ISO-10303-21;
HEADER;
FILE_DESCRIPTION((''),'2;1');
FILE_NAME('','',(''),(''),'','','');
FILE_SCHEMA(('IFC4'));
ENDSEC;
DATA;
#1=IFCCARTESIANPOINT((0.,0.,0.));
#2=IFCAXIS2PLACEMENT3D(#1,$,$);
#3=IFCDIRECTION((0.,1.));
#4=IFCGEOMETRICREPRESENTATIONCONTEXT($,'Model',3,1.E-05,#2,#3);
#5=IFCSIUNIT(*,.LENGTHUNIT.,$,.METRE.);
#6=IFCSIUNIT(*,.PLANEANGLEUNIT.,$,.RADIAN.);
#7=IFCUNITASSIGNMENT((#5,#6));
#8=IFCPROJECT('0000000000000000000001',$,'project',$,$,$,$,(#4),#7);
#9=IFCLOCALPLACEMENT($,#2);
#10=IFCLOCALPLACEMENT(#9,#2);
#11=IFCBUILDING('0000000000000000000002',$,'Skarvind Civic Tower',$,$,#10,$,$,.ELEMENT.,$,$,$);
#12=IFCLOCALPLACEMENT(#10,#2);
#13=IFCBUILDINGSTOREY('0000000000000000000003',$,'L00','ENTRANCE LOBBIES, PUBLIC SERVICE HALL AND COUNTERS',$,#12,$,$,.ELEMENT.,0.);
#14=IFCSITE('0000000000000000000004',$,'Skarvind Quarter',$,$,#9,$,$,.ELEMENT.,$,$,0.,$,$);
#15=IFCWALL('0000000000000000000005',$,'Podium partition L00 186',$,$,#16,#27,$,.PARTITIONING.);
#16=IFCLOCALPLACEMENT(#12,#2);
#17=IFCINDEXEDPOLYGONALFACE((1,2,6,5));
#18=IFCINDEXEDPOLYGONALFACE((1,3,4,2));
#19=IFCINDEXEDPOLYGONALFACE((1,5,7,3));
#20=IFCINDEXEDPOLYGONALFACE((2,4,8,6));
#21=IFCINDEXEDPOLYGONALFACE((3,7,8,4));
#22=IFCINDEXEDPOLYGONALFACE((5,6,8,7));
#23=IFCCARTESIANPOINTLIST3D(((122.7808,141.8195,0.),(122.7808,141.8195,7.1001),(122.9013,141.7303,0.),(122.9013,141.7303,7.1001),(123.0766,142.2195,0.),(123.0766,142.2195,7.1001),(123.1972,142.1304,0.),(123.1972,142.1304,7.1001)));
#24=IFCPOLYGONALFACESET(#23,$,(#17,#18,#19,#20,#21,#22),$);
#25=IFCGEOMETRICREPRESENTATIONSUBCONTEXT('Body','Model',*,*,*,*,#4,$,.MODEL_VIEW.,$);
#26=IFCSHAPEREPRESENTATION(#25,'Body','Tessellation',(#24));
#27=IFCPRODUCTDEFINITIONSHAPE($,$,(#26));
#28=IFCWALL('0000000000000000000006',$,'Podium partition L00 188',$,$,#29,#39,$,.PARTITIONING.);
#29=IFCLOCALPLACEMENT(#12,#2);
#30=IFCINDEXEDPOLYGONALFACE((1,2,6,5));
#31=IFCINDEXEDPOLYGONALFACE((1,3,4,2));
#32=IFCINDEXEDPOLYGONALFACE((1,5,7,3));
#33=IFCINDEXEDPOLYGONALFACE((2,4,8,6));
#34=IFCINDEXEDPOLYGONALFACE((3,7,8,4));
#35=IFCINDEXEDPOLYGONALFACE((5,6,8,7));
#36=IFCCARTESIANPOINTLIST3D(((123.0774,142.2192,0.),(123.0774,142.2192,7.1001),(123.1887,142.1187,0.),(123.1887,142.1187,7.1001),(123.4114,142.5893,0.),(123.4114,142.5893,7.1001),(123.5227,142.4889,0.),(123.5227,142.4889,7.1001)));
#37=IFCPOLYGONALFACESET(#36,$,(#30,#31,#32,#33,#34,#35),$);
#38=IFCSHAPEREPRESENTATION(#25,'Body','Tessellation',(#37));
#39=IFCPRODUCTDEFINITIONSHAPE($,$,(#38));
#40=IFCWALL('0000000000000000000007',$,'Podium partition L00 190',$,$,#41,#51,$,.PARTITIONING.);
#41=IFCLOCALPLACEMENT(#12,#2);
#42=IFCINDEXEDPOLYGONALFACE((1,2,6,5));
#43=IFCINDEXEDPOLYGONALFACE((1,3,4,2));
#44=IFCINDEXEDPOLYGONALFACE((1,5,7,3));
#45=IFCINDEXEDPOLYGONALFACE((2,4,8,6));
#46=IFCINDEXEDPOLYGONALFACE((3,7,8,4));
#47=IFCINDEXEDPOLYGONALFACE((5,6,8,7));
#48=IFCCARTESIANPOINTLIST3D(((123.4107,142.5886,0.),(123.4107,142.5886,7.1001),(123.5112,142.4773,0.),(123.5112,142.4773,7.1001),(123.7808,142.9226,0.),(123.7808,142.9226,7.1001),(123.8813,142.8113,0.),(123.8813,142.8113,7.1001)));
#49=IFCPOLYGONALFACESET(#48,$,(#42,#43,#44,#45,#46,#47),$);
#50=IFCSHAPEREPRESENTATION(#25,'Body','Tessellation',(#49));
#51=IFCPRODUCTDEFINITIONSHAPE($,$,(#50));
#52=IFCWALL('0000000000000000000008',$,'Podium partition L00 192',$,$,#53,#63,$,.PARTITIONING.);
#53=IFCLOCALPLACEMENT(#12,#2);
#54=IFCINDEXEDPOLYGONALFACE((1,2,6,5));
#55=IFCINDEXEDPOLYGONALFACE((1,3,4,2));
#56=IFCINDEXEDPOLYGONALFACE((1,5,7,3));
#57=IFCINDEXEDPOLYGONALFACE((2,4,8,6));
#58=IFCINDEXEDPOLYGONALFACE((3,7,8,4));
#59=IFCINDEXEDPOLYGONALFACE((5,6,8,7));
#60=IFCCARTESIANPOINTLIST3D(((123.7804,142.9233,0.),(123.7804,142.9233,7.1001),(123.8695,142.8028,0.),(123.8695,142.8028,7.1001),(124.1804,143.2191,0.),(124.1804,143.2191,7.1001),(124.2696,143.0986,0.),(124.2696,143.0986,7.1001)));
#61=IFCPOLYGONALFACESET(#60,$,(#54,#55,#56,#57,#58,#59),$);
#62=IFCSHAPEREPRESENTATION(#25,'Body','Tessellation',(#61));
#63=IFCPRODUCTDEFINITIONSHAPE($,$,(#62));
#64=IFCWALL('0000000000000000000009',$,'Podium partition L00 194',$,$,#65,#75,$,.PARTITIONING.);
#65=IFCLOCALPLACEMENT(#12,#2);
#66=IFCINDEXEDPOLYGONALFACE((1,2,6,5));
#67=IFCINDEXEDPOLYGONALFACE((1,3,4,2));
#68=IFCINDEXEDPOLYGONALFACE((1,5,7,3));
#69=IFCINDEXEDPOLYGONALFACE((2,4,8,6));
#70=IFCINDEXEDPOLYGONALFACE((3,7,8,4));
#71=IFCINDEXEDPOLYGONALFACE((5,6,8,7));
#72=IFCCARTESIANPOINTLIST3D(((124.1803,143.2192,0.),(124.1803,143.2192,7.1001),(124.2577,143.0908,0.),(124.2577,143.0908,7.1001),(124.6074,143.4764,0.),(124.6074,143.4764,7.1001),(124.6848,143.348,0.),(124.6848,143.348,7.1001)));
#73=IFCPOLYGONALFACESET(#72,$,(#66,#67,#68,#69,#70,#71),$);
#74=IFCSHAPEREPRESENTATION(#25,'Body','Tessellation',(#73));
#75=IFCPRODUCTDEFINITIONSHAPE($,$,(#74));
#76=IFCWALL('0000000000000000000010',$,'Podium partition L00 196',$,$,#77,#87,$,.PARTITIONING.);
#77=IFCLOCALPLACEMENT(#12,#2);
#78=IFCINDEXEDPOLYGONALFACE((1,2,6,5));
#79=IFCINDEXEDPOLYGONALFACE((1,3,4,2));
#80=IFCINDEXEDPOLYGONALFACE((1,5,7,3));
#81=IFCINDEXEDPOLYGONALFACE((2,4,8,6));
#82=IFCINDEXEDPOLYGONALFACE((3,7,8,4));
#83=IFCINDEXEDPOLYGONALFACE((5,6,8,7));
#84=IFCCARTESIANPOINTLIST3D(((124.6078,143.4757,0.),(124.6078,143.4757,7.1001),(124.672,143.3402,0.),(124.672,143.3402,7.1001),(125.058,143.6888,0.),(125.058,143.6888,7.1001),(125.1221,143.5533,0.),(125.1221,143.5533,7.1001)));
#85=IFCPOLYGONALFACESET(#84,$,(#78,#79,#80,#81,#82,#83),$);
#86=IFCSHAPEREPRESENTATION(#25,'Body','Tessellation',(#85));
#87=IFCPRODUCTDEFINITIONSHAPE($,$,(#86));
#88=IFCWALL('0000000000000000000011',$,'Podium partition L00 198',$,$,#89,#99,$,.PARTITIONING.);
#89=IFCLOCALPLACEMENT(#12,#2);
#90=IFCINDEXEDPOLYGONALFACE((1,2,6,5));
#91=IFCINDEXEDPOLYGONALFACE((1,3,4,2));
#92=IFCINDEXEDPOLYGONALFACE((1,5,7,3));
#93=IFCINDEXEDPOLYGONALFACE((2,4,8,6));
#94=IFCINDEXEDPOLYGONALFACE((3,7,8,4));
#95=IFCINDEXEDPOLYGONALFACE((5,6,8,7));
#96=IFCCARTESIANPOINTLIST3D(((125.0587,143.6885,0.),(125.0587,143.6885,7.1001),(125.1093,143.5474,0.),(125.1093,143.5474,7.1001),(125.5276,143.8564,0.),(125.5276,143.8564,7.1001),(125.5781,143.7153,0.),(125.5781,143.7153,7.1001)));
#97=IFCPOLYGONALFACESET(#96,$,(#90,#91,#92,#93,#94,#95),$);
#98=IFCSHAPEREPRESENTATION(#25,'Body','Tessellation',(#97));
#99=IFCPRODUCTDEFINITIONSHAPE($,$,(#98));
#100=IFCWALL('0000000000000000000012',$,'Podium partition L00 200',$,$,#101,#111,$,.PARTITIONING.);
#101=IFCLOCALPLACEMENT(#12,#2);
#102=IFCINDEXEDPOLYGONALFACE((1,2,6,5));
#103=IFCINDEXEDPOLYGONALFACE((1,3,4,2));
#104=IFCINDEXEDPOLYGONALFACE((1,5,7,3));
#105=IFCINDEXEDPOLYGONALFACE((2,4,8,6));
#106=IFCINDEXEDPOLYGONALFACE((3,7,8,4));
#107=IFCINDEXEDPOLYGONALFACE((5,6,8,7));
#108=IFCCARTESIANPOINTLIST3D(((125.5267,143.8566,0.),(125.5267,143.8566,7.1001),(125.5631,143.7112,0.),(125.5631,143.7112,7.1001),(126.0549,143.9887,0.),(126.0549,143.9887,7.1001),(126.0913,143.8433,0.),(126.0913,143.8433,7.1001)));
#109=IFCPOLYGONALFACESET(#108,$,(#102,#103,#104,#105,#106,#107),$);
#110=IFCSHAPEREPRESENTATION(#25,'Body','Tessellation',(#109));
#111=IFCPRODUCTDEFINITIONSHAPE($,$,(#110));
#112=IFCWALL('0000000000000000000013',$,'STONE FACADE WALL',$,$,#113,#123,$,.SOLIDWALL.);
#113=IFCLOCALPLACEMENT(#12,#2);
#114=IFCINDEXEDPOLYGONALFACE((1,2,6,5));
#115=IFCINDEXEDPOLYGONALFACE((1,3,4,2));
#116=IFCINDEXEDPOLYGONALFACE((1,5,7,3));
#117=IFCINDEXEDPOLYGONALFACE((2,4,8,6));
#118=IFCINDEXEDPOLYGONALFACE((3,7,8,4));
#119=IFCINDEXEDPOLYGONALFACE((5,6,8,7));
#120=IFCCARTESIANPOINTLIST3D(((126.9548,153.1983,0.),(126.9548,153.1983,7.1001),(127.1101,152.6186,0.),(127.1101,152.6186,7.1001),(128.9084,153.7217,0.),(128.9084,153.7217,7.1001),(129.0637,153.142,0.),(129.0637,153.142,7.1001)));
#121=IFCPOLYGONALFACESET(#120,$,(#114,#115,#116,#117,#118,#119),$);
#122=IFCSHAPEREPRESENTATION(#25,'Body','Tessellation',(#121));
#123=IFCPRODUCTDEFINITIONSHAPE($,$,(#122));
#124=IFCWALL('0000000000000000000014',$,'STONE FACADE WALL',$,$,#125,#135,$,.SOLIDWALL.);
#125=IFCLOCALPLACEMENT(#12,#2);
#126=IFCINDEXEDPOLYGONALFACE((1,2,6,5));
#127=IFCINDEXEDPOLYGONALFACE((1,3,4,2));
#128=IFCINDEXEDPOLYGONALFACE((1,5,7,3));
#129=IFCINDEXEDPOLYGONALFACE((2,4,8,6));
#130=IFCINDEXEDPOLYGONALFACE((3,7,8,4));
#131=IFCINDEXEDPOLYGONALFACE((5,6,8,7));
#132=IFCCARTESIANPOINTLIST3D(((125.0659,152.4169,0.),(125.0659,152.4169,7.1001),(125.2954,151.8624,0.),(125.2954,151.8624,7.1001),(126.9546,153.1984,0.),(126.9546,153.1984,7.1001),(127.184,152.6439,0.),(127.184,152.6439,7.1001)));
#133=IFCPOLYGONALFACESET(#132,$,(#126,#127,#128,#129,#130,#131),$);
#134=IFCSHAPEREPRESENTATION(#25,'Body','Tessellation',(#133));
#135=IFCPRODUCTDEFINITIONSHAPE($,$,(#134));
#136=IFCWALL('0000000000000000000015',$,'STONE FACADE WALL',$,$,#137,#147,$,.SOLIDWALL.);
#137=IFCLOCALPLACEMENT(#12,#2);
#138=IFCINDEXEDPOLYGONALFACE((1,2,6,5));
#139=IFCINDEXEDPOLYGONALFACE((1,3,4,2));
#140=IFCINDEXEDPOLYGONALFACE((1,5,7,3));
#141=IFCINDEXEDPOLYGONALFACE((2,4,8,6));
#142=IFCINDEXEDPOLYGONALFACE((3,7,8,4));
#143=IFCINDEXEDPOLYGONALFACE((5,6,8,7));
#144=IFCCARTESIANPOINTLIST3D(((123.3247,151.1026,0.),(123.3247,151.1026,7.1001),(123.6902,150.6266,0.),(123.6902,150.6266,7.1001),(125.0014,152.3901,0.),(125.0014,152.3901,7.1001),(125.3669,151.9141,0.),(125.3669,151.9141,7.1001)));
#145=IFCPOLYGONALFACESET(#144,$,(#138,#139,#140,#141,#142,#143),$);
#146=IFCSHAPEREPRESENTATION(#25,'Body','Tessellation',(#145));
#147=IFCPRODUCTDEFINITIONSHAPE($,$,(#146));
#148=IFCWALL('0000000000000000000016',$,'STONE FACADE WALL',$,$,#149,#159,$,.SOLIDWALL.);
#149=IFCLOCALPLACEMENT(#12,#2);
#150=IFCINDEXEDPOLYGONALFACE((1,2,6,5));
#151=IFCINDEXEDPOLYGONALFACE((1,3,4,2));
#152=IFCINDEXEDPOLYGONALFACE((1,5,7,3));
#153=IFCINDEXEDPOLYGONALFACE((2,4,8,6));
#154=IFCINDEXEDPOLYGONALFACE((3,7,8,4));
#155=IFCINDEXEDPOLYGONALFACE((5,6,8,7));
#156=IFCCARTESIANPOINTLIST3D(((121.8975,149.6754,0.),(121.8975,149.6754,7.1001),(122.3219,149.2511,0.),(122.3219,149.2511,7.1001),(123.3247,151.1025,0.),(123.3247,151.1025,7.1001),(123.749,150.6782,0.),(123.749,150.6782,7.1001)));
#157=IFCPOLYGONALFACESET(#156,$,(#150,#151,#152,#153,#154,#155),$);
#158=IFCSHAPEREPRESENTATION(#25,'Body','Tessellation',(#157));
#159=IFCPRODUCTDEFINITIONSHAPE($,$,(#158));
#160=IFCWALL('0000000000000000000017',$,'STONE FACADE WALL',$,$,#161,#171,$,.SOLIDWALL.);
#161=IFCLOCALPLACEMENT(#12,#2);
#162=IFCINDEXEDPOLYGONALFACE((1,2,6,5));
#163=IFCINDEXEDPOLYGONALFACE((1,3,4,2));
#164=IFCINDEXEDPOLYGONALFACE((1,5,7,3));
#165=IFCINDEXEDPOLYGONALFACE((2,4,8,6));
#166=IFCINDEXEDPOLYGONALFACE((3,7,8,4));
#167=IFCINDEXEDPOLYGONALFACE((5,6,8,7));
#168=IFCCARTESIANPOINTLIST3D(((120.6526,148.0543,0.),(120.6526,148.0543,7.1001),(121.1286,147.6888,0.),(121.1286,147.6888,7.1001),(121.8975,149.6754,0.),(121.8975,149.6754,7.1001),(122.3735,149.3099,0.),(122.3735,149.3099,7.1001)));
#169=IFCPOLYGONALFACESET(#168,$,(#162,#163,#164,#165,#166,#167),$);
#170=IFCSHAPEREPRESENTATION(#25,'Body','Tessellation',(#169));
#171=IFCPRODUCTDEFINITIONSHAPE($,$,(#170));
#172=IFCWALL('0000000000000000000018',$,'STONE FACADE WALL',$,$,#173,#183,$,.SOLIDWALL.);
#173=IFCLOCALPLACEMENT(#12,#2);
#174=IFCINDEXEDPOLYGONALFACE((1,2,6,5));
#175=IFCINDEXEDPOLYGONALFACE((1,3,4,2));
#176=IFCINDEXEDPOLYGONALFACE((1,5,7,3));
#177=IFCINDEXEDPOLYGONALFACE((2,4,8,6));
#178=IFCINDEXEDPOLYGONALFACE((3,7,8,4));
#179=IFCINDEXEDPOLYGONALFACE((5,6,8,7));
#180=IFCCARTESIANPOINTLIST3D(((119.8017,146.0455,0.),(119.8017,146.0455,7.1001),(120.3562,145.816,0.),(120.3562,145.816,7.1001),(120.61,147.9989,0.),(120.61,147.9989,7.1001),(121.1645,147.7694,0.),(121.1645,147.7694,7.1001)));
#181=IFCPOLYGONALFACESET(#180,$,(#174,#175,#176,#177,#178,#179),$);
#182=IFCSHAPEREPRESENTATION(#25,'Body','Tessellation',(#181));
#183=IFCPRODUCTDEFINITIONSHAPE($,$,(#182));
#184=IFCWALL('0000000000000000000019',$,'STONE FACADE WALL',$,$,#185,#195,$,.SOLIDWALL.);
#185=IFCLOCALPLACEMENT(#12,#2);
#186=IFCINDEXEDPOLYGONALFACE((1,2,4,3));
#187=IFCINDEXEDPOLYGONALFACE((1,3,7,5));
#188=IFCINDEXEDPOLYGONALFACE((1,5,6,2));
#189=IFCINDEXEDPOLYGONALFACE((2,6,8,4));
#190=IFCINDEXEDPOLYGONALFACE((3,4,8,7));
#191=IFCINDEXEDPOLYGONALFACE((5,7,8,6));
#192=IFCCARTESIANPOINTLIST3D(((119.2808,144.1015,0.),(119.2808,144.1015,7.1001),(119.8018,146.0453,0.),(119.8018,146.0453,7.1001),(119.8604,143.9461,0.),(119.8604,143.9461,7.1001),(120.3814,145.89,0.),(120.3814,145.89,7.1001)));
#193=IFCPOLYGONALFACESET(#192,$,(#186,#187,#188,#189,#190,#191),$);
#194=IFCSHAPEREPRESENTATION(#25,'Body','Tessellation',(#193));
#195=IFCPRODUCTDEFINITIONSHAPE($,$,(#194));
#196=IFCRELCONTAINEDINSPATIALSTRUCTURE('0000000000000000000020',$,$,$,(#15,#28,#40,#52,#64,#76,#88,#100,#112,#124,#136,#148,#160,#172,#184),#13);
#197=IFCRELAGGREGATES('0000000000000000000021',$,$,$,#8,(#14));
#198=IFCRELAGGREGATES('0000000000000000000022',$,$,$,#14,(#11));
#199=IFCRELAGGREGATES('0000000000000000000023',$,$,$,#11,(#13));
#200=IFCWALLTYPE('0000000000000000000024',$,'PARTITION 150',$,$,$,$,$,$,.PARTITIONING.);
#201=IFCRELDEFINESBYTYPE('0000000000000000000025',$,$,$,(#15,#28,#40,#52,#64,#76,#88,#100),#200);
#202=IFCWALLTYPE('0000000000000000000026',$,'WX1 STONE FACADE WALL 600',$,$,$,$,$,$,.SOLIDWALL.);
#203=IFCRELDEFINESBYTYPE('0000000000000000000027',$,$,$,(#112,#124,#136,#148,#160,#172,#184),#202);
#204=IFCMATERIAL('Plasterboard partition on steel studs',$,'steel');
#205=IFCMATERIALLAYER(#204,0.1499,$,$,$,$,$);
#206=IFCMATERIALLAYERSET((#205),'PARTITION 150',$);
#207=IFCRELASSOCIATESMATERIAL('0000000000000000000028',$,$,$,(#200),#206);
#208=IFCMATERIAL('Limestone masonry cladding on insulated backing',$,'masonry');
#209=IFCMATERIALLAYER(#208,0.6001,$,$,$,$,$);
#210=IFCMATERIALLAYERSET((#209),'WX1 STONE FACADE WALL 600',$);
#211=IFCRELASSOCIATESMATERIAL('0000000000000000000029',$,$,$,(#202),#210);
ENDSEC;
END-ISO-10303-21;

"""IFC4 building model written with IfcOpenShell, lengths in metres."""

from ifc_helpers import new_model, si_unit, direction, frame, frame_2d, origin, place, context, subcontext, project, spatial, rectangle, extrude, material, layer, layer_set, type_object, element, save


model = new_model("IFC4")

# Units and contexts
model_context = context("Model", 3, precision=1e-05, world=origin(), true_north=direction((0.0, 1.0)))
body_context = subcontext(model_context, "Body", "Model", "MODEL_VIEW")
ifc_project = project(units=[si_unit("LENGTHUNIT", "METRE"), si_unit("PLANEANGLEUNIT", "RADIAN")], contexts=[model_context])

# Site, building, storey
site_placement = place(None, origin())
site = spatial("IfcSite", under=ifc_project, at=site_placement, Name="Skarvind Quarter", CompositionType="ELEMENT", RefElevation=0.0)
building_placement = place(site_placement, origin())
building = spatial("IfcBuilding", under=site, at=building_placement, Name="Skarvind Civic Tower", CompositionType="ELEMENT")
storey_placement = place(building_placement, origin())
storey = spatial("IfcBuildingStorey", under=building, at=storey_placement, Name="L00", Description="ENTRANCE LOBBIES, PUBLIC SERVICE HALL AND COUNTERS", CompositionType="ELEMENT", Elevation=0.0)

# Shared definitions
ifc_material_1 = material(Name="Plasterboard partition on steel studs", Category="steel")
ifc_layer_1 = layer(ifc_material_1, 0.1499)
ifc_layer_set_1 = layer_set([ifc_layer_1], Name="PARTITION 150")
wall_type_1 = type_object("IfcWallType", Name="PARTITION 150", PredefinedType="PARTITIONING", material=ifc_layer_set_1)

# Walls
wall_1_placement = place(storey_placement, frame((122.8411, 141.7749, 0.0), z_axis=(0.0, 0.0, 1.0), x_axis=(0.59457, 0.804044, 0.0)))
element("IfcWall", 1, at=wall_1_placement, inside=storey, type_object=wall_type_1, Name="Podium partition L00 186", PredefinedType="PARTITIONING", context=body_context, shape_type="SweptSolid", body=[
    extrude(rectangle(XDim=0.4976, YDim=0.1499, at=frame_2d((0.2488, 0.0))), origin(), (0.0, 0.0, 1.0), 7.1001),
])
for number, where, z_axis, x_axis, name in (
    (2, (123.1331, 142.1689, 0.0), (0.0, 0.0, 1.0), (0.669938, 0.742417, 0.0), "Podium partition L00 188"),
    (3, (123.4609, 142.533, 0.0), (0.0, 0.0, 1.0), (0.742417, 0.669938, 0.0), "Podium partition L00 190"),
):
    element("IfcWall", number, at=place(storey_placement, frame(where, z_axis=z_axis, x_axis=x_axis)), inside=storey, type_object=wall_type_1, Name=name, PredefinedType="PARTITIONING", context=body_context, shape_type="SweptSolid", body=[
        extrude(rectangle(XDim=0.4985, YDim=0.1499, at=frame_2d((0.2493, 0.0))), origin(), (0.0, 0.0, 1.0), 7.1001),
    ])
wall_2_placement = place(storey_placement, frame((123.825, 142.863, 0.0), z_axis=(0.0, 0.0, 1.0), x_axis=(0.804044, 0.59457, 0.0)))
element("IfcWall", 4, at=wall_2_placement, inside=storey, type_object=wall_type_1, Name="Podium partition L00 192", PredefinedType="PARTITIONING", context=body_context, shape_type="SweptSolid", body=[
    extrude(rectangle(XDim=0.4976, YDim=0.1499, at=frame_2d((0.2488, 0.0))), origin(), (0.0, 0.0, 1.0), 7.1001),
])
wall_3_placement = place(storey_placement, frame((124.219, 143.155, 0.0), z_axis=(0.0, 0.0, 1.0), x_axis=(0.856714, 0.515792, 0.0)))
element("IfcWall", 5, at=wall_3_placement, inside=storey, type_object=wall_type_1, Name="Podium partition L00 194", PredefinedType="PARTITIONING", context=body_context, shape_type="SweptSolid", body=[
    extrude(rectangle(XDim=0.4985, YDim=0.1499, at=frame_2d((0.2493, 0.0))), origin(), (0.0, 0.0, 1.0), 7.1001),
])
for number, where, z_axis, x_axis, name in (
    (6, (124.6399, 143.408, 0.0), (0.0, 0.0, 1.0), (0.903828, 0.427897, 0.0), "Podium partition L00 196"),
    (7, (125.084, 143.6179, 0.0), (0.0, 0.0, 1.0), (0.941442, 0.337174, 0.0), "Podium partition L00 198"),
):
    element("IfcWall", number, at=place(storey_placement, frame(where, z_axis=z_axis, x_axis=x_axis)), inside=storey, type_object=wall_type_1, Name=name, PredefinedType="PARTITIONING", context=body_context, shape_type="SweptSolid", body=[
        extrude(rectangle(XDim=0.498, YDim=0.1499, at=frame_2d((0.249, 0.0))), origin(), (0.0, 0.0, 1.0), 7.1001),
    ])
wall_4_placement = place(storey_placement, frame((125.5449, 143.7839, 0.0), z_axis=(0.0, 0.0, 1.0), x_axis=(0.970116, 0.242641, 0.0)))
element("IfcWall", 8, at=wall_4_placement, inside=storey, type_object=wall_type_1, Name="Podium partition L00 200", PredefinedType="PARTITIONING", context=body_context, shape_type="SweptSolid", body=[
    extrude(rectangle(XDim=0.5444, YDim=0.1499, at=frame_2d((0.2722, 0.0))), origin(), (0.0, 0.0, 1.0), 7.1001),
])
ifc_material_2 = material(Name="Limestone masonry cladding on insulated backing", Category="masonry")
ifc_layer_2 = layer(ifc_material_2, 0.6001)
ifc_layer_set_2 = layer_set([ifc_layer_2], Name="WX1 STONE FACADE WALL 600")
wall_type_2 = type_object("IfcWallType", Name="WX1 STONE FACADE WALL 600", PredefinedType="SOLIDWALL", material=ifc_layer_set_2)
wall_5_placement = place(storey_placement, frame((127.0325, 152.9084, 0.0), z_axis=(0.0, 0.0, 1.0), x_axis=(0.96593, 0.258804, 0.0)))
element("IfcWall", 9, at=wall_5_placement, inside=storey, type_object=wall_type_2, Name="STONE FACADE WALL", PredefinedType="SOLIDWALL", context=body_context, shape_type="SweptSolid", body=[
    extrude(rectangle(XDim=2.0225, YDim=0.6001, at=frame_2d((1.0112, 0.0))), origin(), (0.0, 0.0, 1.0), 7.1001),
])
wall_6_placement = place(storey_placement, frame((125.1807, 152.1396, 0.0), z_axis=(0.0, 0.0, 1.0), x_axis=(0.924021, 0.382341, 0.0)))
element("IfcWall", 10, at=wall_6_placement, inside=storey, type_object=wall_type_2, Name="STONE FACADE WALL", PredefinedType="SOLIDWALL", context=body_context, shape_type="SweptSolid", body=[
    extrude(rectangle(XDim=2.0439, YDim=0.6001, at=frame_2d((1.022, 0.0))), origin(), (0.0, 0.0, 1.0), 7.1001),
])
wall_7_placement = place(storey_placement, frame((123.5073, 150.8645, 0.0), z_axis=(0.0, 0.0, 1.0), x_axis=(0.79313, 0.609052, 0.0)))
element("IfcWall", 11, at=wall_7_placement, inside=storey, type_object=wall_type_2, Name="STONE FACADE WALL", PredefinedType="SOLIDWALL", context=body_context, shape_type="SweptSolid", body=[
    extrude(rectangle(XDim=2.114, YDim=0.6001, at=frame_2d((1.0571, 0.0))), origin(), (0.0, 0.0, 1.0), 7.1001),
])
wall_8_placement = place(storey_placement, frame((122.1096, 149.4631, 0.0), z_axis=(0.0, 0.0, 1.0), x_axis=(0.707107, 0.707107, 0.0)))
element("IfcWall", 12, at=wall_8_placement, inside=storey, type_object=wall_type_2, Name="STONE FACADE WALL", PredefinedType="SOLIDWALL", context=body_context, shape_type="SweptSolid", body=[
    extrude(rectangle(XDim=2.0183, YDim=0.6001, at=frame_2d((1.0093, 0.0))), origin(), (0.0, 0.0, 1.0), 7.1001),
])
wall_9_placement = place(storey_placement, frame((120.8906, 147.8716, 0.0), z_axis=(0.0, 0.0, 1.0), x_axis=(0.609058, 0.793125, 0.0)))
element("IfcWall", 13, at=wall_9_placement, inside=storey, type_object=wall_type_2, Name="STONE FACADE WALL", PredefinedType="SOLIDWALL", context=body_context, shape_type="SweptSolid", body=[
    extrude(rectangle(XDim=2.0439, YDim=0.6001, at=frame_2d((1.022, 0.0))), origin(), (0.0, 0.0, 1.0), 7.1001),
])
wall_10_placement = place(storey_placement, frame((120.0789, 145.9307, 0.0), z_axis=(0.0, 0.0, 1.0), x_axis=(0.382376, 0.924007, 0.0)))
element("IfcWall", 14, at=wall_10_placement, inside=storey, type_object=wall_type_2, Name="STONE FACADE WALL", PredefinedType="SOLIDWALL", context=body_context, shape_type="SweptSolid", body=[
    extrude(rectangle(XDim=2.114, YDim=0.6001, at=frame_2d((1.0571, 0.0))), origin(), (0.0, 0.0, 1.0), 7.1001),
])
wall_11_placement = place(storey_placement, frame((119.5706, 144.0237, 0.0), z_axis=(0.0, 0.0, 1.0), x_axis=(0.258886, 0.965908, 0.0)))
element("IfcWall", 15, at=wall_11_placement, inside=storey, type_object=wall_type_2, Name="STONE FACADE WALL", PredefinedType="SOLIDWALL", context=body_context, shape_type="SweptSolid", body=[
    extrude(rectangle(XDim=2.0125, YDim=0.6001, at=frame_2d((1.0063, 0.0))), origin(), (0.0, 0.0, 1.0), 7.1001),
])

save(model, "model.ifc")
